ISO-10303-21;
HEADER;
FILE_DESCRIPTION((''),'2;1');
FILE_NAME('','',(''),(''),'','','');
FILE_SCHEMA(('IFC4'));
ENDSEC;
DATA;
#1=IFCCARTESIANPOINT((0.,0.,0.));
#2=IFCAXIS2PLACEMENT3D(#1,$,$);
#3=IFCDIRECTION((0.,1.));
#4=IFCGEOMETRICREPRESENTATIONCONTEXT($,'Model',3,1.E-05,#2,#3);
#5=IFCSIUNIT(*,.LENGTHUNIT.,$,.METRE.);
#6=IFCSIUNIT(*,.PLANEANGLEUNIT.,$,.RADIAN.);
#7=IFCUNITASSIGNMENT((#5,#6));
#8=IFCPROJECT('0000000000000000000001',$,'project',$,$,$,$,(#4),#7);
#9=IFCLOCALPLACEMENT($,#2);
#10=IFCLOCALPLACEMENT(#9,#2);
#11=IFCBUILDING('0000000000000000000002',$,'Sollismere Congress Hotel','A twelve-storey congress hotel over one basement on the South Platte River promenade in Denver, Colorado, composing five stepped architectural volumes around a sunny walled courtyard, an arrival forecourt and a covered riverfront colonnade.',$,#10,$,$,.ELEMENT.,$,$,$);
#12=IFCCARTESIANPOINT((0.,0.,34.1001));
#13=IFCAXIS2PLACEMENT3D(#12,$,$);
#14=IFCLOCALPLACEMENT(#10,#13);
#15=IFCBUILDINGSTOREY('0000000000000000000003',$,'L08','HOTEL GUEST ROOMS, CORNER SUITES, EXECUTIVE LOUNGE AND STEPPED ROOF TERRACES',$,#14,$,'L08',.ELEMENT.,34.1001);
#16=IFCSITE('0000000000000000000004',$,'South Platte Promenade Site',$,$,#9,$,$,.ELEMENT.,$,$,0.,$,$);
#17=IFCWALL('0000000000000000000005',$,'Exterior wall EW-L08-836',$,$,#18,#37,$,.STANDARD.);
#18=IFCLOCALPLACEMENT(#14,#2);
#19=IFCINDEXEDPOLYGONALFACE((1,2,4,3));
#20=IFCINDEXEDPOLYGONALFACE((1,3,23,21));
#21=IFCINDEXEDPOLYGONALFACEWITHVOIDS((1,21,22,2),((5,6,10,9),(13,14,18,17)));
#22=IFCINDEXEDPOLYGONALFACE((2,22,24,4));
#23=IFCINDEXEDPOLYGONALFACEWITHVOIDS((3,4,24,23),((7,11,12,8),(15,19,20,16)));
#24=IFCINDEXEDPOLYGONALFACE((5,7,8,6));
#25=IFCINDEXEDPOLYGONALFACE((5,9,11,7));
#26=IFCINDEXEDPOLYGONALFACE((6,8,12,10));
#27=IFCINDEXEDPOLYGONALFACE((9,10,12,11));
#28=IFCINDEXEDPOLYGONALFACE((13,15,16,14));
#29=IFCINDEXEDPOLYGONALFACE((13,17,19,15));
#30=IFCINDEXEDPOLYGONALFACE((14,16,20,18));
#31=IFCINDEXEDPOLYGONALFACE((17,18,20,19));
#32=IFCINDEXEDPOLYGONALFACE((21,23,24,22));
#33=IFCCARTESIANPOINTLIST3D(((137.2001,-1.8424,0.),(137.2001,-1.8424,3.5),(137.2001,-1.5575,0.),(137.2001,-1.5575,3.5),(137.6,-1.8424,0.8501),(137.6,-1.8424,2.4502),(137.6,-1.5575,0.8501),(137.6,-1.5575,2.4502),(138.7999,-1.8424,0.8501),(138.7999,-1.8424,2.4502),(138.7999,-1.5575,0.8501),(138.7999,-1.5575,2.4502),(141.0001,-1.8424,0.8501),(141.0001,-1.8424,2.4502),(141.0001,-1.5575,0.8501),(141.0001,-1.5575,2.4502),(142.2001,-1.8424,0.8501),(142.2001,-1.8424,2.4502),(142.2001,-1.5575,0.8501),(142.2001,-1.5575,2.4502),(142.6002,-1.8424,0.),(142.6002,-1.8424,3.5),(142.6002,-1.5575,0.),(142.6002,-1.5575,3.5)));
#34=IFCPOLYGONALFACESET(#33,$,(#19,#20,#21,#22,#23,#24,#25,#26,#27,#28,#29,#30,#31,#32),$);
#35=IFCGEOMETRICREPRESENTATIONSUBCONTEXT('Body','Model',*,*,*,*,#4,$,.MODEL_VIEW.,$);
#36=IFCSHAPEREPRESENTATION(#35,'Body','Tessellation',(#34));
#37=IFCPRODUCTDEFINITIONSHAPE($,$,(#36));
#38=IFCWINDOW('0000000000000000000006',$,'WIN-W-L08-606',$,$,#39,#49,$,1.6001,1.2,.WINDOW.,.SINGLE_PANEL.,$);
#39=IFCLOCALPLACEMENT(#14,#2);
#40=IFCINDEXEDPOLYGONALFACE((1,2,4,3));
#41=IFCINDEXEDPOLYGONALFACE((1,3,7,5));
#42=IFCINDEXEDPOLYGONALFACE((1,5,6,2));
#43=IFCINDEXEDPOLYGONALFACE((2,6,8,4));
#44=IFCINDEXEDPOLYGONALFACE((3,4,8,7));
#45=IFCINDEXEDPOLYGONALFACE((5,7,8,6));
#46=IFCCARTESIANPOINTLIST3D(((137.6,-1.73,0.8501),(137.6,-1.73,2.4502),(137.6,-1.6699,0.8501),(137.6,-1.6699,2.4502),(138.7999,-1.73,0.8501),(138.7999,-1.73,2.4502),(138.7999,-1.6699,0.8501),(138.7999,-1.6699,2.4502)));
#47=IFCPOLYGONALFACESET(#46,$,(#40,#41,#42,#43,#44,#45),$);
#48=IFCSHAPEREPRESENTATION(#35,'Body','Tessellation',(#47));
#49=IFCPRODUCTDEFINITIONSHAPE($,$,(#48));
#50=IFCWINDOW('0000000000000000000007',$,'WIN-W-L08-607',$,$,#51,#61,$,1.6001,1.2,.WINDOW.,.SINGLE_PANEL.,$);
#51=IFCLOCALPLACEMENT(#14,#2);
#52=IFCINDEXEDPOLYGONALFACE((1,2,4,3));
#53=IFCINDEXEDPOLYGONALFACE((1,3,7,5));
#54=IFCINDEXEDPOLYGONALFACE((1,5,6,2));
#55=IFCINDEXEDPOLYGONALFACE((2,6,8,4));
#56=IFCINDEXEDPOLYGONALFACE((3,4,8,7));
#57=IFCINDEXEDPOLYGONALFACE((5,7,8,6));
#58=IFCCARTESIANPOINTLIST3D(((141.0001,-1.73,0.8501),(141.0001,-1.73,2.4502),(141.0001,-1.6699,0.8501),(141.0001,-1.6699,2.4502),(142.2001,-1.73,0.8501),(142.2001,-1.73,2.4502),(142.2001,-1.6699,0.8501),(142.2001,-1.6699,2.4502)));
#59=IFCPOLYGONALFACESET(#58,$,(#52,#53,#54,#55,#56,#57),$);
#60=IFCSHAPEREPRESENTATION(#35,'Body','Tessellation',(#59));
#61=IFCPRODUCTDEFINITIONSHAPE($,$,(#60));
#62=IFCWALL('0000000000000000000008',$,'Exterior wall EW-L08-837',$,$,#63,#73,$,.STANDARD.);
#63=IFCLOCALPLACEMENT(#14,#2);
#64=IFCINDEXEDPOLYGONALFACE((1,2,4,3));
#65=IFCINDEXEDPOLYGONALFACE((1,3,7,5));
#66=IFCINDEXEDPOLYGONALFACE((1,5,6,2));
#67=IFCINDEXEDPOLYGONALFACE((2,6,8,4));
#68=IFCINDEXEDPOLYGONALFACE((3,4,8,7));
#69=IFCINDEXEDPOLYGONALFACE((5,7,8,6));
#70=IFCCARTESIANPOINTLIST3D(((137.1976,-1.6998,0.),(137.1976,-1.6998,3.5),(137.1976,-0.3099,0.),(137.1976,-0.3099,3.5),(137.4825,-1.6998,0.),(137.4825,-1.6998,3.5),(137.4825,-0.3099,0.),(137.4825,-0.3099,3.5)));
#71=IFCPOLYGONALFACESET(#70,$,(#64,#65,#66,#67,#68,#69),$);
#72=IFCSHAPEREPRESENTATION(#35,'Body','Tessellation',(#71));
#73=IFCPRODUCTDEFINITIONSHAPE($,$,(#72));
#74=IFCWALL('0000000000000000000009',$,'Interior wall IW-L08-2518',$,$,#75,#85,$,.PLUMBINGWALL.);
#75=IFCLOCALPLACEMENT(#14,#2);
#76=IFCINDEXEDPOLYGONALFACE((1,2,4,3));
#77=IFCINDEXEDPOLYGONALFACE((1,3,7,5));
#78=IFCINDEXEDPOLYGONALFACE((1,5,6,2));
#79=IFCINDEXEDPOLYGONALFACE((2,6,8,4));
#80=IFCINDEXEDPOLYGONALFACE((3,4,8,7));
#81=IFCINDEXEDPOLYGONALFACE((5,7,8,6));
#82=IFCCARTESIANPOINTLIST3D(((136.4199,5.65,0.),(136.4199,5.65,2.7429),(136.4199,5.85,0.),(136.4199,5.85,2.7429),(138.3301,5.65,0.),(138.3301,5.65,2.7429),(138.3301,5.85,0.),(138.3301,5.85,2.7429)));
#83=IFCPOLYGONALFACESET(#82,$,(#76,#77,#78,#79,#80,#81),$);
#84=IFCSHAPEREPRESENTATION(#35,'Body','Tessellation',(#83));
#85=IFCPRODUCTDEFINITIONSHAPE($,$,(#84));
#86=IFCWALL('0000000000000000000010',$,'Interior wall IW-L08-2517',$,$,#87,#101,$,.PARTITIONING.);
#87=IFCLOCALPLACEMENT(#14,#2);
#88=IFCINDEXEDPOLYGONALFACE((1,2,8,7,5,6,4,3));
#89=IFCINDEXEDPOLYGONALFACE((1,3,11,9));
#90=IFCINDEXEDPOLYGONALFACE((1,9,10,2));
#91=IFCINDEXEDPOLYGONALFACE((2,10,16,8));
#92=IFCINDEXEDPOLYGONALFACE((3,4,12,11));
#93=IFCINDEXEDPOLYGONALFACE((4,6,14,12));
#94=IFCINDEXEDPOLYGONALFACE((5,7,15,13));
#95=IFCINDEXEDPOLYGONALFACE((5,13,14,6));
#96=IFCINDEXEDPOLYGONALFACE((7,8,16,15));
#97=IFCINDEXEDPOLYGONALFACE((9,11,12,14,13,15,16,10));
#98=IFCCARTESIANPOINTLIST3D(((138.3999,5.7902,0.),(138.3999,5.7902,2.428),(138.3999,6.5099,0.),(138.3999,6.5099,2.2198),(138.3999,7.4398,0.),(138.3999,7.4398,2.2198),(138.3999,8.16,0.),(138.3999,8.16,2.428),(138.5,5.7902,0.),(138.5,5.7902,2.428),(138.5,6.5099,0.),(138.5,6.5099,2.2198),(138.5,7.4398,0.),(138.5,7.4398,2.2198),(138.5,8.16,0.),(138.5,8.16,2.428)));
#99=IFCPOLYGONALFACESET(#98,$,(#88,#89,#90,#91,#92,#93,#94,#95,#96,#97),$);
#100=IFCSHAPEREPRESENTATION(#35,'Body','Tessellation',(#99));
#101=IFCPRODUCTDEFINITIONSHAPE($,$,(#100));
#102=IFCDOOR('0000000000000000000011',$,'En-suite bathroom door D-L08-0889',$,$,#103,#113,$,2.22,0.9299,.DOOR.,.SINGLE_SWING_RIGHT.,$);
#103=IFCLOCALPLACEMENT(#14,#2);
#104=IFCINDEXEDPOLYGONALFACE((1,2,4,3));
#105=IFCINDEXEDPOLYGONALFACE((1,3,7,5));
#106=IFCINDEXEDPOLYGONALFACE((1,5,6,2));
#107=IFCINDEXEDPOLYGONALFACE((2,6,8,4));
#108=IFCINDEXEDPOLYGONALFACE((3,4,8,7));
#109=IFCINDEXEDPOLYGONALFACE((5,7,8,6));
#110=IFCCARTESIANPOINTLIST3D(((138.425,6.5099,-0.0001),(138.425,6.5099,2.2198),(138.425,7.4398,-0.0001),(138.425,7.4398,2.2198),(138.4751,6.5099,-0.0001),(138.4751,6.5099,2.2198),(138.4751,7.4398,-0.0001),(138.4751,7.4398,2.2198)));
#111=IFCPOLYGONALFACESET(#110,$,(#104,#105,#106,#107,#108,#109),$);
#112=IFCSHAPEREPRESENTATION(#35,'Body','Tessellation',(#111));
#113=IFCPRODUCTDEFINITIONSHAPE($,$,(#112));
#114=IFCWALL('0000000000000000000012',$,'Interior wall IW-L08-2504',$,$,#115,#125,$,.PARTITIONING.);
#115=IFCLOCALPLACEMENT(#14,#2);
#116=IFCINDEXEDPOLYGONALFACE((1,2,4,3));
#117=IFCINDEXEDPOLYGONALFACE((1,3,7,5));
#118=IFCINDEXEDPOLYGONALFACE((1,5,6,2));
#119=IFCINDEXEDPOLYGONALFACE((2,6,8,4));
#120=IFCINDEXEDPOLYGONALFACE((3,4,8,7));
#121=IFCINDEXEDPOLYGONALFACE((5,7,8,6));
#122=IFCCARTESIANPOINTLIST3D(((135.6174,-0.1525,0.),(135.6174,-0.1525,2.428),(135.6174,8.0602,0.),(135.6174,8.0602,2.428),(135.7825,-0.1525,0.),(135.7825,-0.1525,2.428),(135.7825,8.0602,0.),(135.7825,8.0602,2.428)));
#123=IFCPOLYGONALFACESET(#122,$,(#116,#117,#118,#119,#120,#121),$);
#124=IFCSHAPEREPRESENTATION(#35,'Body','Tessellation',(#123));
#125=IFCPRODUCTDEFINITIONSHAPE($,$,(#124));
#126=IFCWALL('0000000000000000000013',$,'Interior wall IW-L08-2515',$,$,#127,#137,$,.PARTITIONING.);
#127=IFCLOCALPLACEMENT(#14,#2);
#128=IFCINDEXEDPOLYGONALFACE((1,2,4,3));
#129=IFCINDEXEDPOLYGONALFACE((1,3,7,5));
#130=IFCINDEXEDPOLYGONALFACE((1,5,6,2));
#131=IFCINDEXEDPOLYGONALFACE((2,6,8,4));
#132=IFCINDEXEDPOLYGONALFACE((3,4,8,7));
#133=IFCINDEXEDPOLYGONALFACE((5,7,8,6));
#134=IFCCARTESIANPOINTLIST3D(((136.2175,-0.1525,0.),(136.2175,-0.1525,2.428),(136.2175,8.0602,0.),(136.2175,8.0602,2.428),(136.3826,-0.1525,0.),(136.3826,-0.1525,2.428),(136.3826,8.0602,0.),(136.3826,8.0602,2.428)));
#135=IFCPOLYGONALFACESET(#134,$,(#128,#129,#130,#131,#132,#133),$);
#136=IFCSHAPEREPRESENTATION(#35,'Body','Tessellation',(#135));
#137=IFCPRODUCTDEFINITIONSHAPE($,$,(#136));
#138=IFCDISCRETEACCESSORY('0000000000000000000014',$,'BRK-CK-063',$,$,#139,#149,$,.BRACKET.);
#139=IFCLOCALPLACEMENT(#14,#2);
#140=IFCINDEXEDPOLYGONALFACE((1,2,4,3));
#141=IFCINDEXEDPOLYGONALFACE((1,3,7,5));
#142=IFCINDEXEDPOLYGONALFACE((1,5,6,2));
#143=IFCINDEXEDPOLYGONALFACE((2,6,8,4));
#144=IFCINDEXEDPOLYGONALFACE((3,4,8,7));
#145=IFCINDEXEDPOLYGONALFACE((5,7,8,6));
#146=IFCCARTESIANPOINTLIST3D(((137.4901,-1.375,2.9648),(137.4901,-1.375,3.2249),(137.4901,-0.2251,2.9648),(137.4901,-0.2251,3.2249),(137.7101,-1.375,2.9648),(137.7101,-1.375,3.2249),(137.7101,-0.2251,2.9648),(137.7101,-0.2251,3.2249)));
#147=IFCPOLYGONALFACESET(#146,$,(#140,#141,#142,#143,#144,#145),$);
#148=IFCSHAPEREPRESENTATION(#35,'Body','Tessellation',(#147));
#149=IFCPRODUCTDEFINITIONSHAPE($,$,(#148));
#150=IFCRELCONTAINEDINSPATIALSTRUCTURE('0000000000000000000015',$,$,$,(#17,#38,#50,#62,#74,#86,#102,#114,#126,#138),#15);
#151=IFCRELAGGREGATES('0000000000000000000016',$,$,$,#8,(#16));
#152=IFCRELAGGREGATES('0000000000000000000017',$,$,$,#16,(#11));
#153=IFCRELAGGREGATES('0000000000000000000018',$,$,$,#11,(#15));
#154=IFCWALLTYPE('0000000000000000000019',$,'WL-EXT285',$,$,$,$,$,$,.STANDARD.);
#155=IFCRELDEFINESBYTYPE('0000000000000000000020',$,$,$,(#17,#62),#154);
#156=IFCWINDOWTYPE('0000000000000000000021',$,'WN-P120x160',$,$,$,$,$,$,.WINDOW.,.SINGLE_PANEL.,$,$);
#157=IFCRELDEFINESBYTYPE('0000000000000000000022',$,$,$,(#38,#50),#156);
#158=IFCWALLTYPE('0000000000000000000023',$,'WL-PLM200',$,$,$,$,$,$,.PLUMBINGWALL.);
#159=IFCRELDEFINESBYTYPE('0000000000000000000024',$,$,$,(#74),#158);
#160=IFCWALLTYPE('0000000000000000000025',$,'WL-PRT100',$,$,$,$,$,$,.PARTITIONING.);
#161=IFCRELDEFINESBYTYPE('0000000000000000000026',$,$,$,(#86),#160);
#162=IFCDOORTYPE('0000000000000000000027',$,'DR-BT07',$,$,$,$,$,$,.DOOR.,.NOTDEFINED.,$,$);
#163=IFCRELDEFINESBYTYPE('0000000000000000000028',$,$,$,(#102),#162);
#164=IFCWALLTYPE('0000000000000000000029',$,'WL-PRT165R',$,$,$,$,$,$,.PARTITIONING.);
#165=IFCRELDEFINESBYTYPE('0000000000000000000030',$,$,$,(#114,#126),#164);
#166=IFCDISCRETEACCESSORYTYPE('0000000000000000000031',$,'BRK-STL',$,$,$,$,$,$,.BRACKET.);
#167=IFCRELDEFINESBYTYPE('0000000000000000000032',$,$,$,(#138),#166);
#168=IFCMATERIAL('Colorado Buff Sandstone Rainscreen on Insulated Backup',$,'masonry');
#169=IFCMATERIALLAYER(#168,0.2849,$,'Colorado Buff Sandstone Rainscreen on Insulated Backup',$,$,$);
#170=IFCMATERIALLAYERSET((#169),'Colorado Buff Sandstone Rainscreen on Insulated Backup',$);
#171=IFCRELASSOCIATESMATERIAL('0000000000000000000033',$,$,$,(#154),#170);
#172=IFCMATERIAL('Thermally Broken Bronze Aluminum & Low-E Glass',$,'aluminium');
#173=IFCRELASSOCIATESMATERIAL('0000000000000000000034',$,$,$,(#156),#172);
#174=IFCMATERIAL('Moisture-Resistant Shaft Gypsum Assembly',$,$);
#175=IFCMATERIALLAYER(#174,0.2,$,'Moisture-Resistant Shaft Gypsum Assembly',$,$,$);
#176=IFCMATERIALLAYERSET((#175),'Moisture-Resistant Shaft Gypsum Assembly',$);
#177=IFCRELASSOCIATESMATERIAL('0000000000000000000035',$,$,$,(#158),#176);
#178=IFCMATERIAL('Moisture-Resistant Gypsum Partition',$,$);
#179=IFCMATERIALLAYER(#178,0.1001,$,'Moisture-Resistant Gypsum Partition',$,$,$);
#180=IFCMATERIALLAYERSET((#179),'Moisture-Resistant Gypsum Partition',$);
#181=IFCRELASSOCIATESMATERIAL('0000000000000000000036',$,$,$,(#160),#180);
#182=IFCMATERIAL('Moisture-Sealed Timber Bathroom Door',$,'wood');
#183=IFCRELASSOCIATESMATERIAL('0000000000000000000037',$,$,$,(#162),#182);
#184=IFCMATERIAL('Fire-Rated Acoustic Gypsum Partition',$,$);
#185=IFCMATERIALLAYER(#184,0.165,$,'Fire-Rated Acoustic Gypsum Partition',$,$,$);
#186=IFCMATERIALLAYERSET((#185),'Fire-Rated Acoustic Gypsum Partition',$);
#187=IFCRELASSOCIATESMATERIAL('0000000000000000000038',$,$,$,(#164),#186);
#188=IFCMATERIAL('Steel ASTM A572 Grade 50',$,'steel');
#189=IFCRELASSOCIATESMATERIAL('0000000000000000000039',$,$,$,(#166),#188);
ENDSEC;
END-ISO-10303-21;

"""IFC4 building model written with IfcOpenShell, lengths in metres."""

from ifc_helpers import new_model, si_unit, direction, frame, frame_2d, origin, origin_2d, place, context, subcontext, project, spatial, rectangle, extrude, material, layer, layer_set, type_object, element, fill, save


model = new_model("IFC4")

# Units and contexts
model_context = context("Model", 3, precision=1e-05, world=origin(), true_north=direction((0.0, 1.0)))
body_context = subcontext(model_context, "Body", "Model", "MODEL_VIEW")
ifc_project = project(units=[si_unit("LENGTHUNIT", "METRE"), si_unit("PLANEANGLEUNIT", "RADIAN")], contexts=[model_context])

# Site, building, storey
site_placement = place(None, origin())
site = spatial("IfcSite", under=ifc_project, at=site_placement, Name="South Platte Promenade Site", CompositionType="ELEMENT", RefElevation=0.0)
building_placement = place(site_placement, origin())
building = spatial("IfcBuilding", under=site, at=building_placement, Name="Sollismere Congress Hotel", Description="A twelve-storey congress hotel over one basement on the South Platte River promenade in Denver, Colorado, composing five stepped architectural volumes around a sunny walled courtyard, an arrival forecourt and a covered riverfront colonnade.", CompositionType="ELEMENT")
storey_placement = place(building_placement, frame((0.0, 0.0, 34.1001)))
storey = spatial("IfcBuildingStorey", under=building, at=storey_placement, Name="L08", Description="HOTEL GUEST ROOMS, CORNER SUITES, EXECUTIVE LOUNGE AND STEPPED ROOF TERRACES", LongName="L08", CompositionType="ELEMENT", Elevation=34.1001)

# Shared definitions
ifc_material_1 = material(Name="Colorado Buff Sandstone Rainscreen on Insulated Backup", Category="masonry")
ifc_layer_1 = layer(ifc_material_1, 0.2849, Name="Colorado Buff Sandstone Rainscreen on Insulated Backup")
ifc_layer_set_1 = layer_set([ifc_layer_1], Name="Colorado Buff Sandstone Rainscreen on Insulated Backup")
wall_type_1 = type_object("IfcWallType", Name="WL-EXT285", PredefinedType="STANDARD", material=ifc_layer_set_1)

# Wall, openings, windows
wall_1_placement = place(storey_placement, frame((137.2, -1.7, 0.0), z_axis=(0.0, 0.0, 1.0), x_axis=(1.0, 0.0, 0.0)))
wall_1 = element("IfcWall", 1, at=wall_1_placement, inside=storey, type_object=wall_type_1, Name="Exterior wall EW-L08-836", PredefinedType="STANDARD", context=body_context, shape_type="SweptSolid", body=[
    extrude(rectangle(XDim=5.4001, YDim=0.2849, at=frame_2d((2.7002, 0.0))), origin(), (0.0, 0.0, 1.0), 3.5),
])
opening_1_placement = place(wall_1_placement, frame((0.3999, 0.0, 0.8501)))
opening_1 = element("IfcOpeningElement", 2, at=opening_1_placement, cuts=wall_1, PredefinedType="OPENING", context=body_context, shape_type="SweptSolid", body=[
    extrude(rectangle(XDim=1.2, YDim=1.6001, at=frame_2d((0.6001, 0.8))), frame((0.0, 0.1523, 0.0), z_axis=(0.0, -1.0, 0.0), x_axis=(1.0, 0.0, 0.0)), (0.0, 0.0, 1.0), 0.3049),
])
opening_2_placement = place(wall_1_placement, frame((3.8, 0.0, 0.8501)))
opening_2 = element("IfcOpeningElement", 3, at=opening_2_placement, cuts=wall_1, PredefinedType="OPENING", context=body_context, shape_type="SweptSolid", body=[
    extrude(rectangle(XDim=1.2, YDim=1.6001, at=frame_2d((0.6001, 0.8))), frame((0.0, 0.1523, 0.0), z_axis=(0.0, -1.0, 0.0), x_axis=(1.0, 0.0, 0.0)), (0.0, 0.0, 1.0), 0.3049),
])
ifc_material_2 = material(Name="Thermally Broken Bronze Aluminum & Low-E Glass", Category="aluminium")
window_type = type_object("IfcWindowType", Name="WN-P120x160", PartitioningType="SINGLE_PANEL", PredefinedType="WINDOW", material=ifc_material_2)
window_1_placement = place(opening_1_placement, origin())
window_1 = element("IfcWindow", 4, at=window_1_placement, inside=storey, type_object=window_type, Name="WIN-W-L08-606", OverallHeight=1.6001, OverallWidth=1.2, PartitioningType="SINGLE_PANEL", PredefinedType="WINDOW", context=body_context, shape_type="SweptSolid", body=[
    extrude(rectangle(XDim=1.2, YDim=1.6001, at=frame_2d((0.6001, 0.8))), frame((0.0, 0.03, 0.0), z_axis=(0.0, -1.0, 0.0), x_axis=(1.0, 0.0, 0.0)), (0.0, 0.0, 1.0), 0.0601),
])
fill(opening_1, window_1)
window_2_placement = place(opening_2_placement, origin())
window_2 = element("IfcWindow", 5, at=window_2_placement, inside=storey, type_object=window_type, Name="WIN-W-L08-607", OverallHeight=1.6001, OverallWidth=1.2, PartitioningType="SINGLE_PANEL", PredefinedType="WINDOW", context=body_context, shape_type="SweptSolid", body=[
    extrude(rectangle(XDim=1.2, YDim=1.6001, at=frame_2d((0.6001, 0.8))), frame((0.0, 0.03, 0.0), z_axis=(0.0, -1.0, 0.0), x_axis=(1.0, 0.0, 0.0)), (0.0, 0.0, 1.0), 0.0601),
])
fill(opening_2, window_2)

# Walls
wall_2_placement = place(storey_placement, frame((137.3401, -0.3101, 0.0), z_axis=(0.0, 0.0, 1.0), x_axis=(0.0, -1.0, 0.0)))
element("IfcWall", 6, at=wall_2_placement, inside=storey, type_object=wall_type_1, Name="Exterior wall EW-L08-837", PredefinedType="STANDARD", context=body_context, shape_type="SweptSolid", body=[
    extrude(rectangle(XDim=1.3899, YDim=0.2849, at=frame_2d((0.6948, 0.0))), origin(), (0.0, 0.0, 1.0), 3.5),
])
ifc_material_3 = material(Name="Moisture-Resistant Shaft Gypsum Assembly")
ifc_layer_2 = layer(ifc_material_3, 0.2, Name="Moisture-Resistant Shaft Gypsum Assembly")
ifc_layer_set_2 = layer_set([ifc_layer_2], Name="Moisture-Resistant Shaft Gypsum Assembly")
wall_type_2 = type_object("IfcWallType", Name="WL-PLM200", PredefinedType="PLUMBINGWALL", material=ifc_layer_set_2)
wall_3_placement = place(storey_placement, frame((136.4199, 5.75, 0.0), z_axis=(0.0, 0.0, 1.0), x_axis=(1.0, 0.0, 0.0)))
element("IfcWall", 7, at=wall_3_placement, inside=storey, type_object=wall_type_2, Name="Interior wall IW-L08-2518", PredefinedType="PLUMBINGWALL", context=body_context, shape_type="SweptSolid", body=[
    extrude(rectangle(XDim=1.9102, YDim=0.2, at=frame_2d((0.9551, 0.0))), origin(), (0.0, 0.0, 1.0), 2.7429),
])

# Wall, opening, door
ifc_material_4 = material(Name="Moisture-Resistant Gypsum Partition")
ifc_layer_3 = layer(ifc_material_4, 0.1001, Name="Moisture-Resistant Gypsum Partition")
ifc_layer_set_3 = layer_set([ifc_layer_3], Name="Moisture-Resistant Gypsum Partition")
wall_type_3 = type_object("IfcWallType", Name="WL-PRT100", PredefinedType="PARTITIONING", material=ifc_layer_set_3)
wall_4_placement = place(storey_placement, frame((138.45, 5.79, 0.0), z_axis=(0.0, 0.0, 1.0), x_axis=(0.0, 1.0, 0.0)))
wall_4 = element("IfcWall", 8, at=wall_4_placement, inside=storey, type_object=wall_type_3, Name="Interior wall IW-L08-2517", PredefinedType="PARTITIONING", context=body_context, shape_type="SweptSolid", body=[
    extrude(rectangle(XDim=2.3699, YDim=0.1001, at=frame_2d((1.1851, 0.0))), origin(), (0.0, 0.0, 1.0), 2.428),
])
opening_3_placement = place(wall_4_placement, frame((0.72, 0.0, 0.0)))
opening_3 = element("IfcOpeningElement", 9, at=opening_3_placement, cuts=wall_4, PredefinedType="OPENING", context=body_context, shape_type="SweptSolid", body=[
    extrude(rectangle(XDim=0.9299, YDim=2.22, at=frame_2d((0.4648, 1.1099))), frame((0.0, 0.0601, 0.0), z_axis=(0.0, -1.0, 0.0), x_axis=(1.0, 0.0, 0.0)), (0.0, 0.0, 1.0), 0.1201),
])
ifc_material_5 = material(Name="Moisture-Sealed Timber Bathroom Door", Category="wood")
door_type = type_object("IfcDoorType", Name="DR-BT07", OperationType="NOTDEFINED", PredefinedType="DOOR", material=ifc_material_5)
door_placement = place(opening_3_placement, origin())
door = element("IfcDoor", 10, at=door_placement, inside=storey, type_object=door_type, Name="En-suite bathroom door D-L08-0889", OperationType="SINGLE_SWING_RIGHT", OverallHeight=2.22, OverallWidth=0.9299, PredefinedType="DOOR", context=body_context, shape_type="SweptSolid", body=[
    extrude(rectangle(XDim=0.9299, YDim=2.22, at=frame_2d((0.4648, 1.1099))), frame((0.0, 0.0249, 0.0), z_axis=(0.0, -1.0, 0.0), x_axis=(1.0, 0.0, 0.0)), (0.0, 0.0, 1.0), 0.05),
])
fill(opening_3, door)

# Walls
ifc_material_6 = material(Name="Fire-Rated Acoustic Gypsum Partition")
ifc_layer_4 = layer(ifc_material_6, 0.165, Name="Fire-Rated Acoustic Gypsum Partition")
ifc_layer_set_4 = layer_set([ifc_layer_4], Name="Fire-Rated Acoustic Gypsum Partition")
wall_type_4 = type_object("IfcWallType", Name="WL-PRT165R", PredefinedType="PARTITIONING", material=ifc_layer_set_4)
for number, where, z_axis, x_axis, name in (
    (11, (135.7, -0.1526, 0.0), (0.0, 0.0, 1.0), (0.0, 1.0, 0.0), "Interior wall IW-L08-2504"),
    (12, (136.3, -0.1526, 0.0), (0.0, 0.0, 1.0), (0.0, 1.0, 0.0), "Interior wall IW-L08-2515"),
):
    element("IfcWall", number, at=place(storey_placement, frame(where, z_axis=z_axis, x_axis=x_axis)), inside=storey, type_object=wall_type_4, Name=name, PredefinedType="PARTITIONING", context=body_context, shape_type="SweptSolid", body=[
        extrude(rectangle(XDim=8.2126, YDim=0.165, at=frame_2d((4.1064, 0.0))), origin(), (0.0, 0.0, 1.0), 2.428),
    ])

# Discrete accessory
ifc_material_7 = material(Name="Steel ASTM A572 Grade 50", Category="steel")
discrete_accessory_type = type_object("IfcDiscreteAccessoryType", Name="BRK-STL", PredefinedType="BRACKET", material=ifc_material_7)
discrete_accessory_placement = place(storey_placement, frame((137.6001, -0.8, 2.9648), z_axis=(0.0, 0.0, 1.0), x_axis=(1.0, 0.0, 0.0)))
element("IfcDiscreteAccessory", 13, at=discrete_accessory_placement, inside=storey, type_object=discrete_accessory_type, Name="BRK-CK-063", PredefinedType="BRACKET", context=body_context, shape_type="SweptSolid", body=[
    extrude(rectangle(XDim=0.22, YDim=1.1499, at=origin_2d()), origin(), (0.0, 0.0, 1.0), 0.26),
])

save(model, "model.ifc")
